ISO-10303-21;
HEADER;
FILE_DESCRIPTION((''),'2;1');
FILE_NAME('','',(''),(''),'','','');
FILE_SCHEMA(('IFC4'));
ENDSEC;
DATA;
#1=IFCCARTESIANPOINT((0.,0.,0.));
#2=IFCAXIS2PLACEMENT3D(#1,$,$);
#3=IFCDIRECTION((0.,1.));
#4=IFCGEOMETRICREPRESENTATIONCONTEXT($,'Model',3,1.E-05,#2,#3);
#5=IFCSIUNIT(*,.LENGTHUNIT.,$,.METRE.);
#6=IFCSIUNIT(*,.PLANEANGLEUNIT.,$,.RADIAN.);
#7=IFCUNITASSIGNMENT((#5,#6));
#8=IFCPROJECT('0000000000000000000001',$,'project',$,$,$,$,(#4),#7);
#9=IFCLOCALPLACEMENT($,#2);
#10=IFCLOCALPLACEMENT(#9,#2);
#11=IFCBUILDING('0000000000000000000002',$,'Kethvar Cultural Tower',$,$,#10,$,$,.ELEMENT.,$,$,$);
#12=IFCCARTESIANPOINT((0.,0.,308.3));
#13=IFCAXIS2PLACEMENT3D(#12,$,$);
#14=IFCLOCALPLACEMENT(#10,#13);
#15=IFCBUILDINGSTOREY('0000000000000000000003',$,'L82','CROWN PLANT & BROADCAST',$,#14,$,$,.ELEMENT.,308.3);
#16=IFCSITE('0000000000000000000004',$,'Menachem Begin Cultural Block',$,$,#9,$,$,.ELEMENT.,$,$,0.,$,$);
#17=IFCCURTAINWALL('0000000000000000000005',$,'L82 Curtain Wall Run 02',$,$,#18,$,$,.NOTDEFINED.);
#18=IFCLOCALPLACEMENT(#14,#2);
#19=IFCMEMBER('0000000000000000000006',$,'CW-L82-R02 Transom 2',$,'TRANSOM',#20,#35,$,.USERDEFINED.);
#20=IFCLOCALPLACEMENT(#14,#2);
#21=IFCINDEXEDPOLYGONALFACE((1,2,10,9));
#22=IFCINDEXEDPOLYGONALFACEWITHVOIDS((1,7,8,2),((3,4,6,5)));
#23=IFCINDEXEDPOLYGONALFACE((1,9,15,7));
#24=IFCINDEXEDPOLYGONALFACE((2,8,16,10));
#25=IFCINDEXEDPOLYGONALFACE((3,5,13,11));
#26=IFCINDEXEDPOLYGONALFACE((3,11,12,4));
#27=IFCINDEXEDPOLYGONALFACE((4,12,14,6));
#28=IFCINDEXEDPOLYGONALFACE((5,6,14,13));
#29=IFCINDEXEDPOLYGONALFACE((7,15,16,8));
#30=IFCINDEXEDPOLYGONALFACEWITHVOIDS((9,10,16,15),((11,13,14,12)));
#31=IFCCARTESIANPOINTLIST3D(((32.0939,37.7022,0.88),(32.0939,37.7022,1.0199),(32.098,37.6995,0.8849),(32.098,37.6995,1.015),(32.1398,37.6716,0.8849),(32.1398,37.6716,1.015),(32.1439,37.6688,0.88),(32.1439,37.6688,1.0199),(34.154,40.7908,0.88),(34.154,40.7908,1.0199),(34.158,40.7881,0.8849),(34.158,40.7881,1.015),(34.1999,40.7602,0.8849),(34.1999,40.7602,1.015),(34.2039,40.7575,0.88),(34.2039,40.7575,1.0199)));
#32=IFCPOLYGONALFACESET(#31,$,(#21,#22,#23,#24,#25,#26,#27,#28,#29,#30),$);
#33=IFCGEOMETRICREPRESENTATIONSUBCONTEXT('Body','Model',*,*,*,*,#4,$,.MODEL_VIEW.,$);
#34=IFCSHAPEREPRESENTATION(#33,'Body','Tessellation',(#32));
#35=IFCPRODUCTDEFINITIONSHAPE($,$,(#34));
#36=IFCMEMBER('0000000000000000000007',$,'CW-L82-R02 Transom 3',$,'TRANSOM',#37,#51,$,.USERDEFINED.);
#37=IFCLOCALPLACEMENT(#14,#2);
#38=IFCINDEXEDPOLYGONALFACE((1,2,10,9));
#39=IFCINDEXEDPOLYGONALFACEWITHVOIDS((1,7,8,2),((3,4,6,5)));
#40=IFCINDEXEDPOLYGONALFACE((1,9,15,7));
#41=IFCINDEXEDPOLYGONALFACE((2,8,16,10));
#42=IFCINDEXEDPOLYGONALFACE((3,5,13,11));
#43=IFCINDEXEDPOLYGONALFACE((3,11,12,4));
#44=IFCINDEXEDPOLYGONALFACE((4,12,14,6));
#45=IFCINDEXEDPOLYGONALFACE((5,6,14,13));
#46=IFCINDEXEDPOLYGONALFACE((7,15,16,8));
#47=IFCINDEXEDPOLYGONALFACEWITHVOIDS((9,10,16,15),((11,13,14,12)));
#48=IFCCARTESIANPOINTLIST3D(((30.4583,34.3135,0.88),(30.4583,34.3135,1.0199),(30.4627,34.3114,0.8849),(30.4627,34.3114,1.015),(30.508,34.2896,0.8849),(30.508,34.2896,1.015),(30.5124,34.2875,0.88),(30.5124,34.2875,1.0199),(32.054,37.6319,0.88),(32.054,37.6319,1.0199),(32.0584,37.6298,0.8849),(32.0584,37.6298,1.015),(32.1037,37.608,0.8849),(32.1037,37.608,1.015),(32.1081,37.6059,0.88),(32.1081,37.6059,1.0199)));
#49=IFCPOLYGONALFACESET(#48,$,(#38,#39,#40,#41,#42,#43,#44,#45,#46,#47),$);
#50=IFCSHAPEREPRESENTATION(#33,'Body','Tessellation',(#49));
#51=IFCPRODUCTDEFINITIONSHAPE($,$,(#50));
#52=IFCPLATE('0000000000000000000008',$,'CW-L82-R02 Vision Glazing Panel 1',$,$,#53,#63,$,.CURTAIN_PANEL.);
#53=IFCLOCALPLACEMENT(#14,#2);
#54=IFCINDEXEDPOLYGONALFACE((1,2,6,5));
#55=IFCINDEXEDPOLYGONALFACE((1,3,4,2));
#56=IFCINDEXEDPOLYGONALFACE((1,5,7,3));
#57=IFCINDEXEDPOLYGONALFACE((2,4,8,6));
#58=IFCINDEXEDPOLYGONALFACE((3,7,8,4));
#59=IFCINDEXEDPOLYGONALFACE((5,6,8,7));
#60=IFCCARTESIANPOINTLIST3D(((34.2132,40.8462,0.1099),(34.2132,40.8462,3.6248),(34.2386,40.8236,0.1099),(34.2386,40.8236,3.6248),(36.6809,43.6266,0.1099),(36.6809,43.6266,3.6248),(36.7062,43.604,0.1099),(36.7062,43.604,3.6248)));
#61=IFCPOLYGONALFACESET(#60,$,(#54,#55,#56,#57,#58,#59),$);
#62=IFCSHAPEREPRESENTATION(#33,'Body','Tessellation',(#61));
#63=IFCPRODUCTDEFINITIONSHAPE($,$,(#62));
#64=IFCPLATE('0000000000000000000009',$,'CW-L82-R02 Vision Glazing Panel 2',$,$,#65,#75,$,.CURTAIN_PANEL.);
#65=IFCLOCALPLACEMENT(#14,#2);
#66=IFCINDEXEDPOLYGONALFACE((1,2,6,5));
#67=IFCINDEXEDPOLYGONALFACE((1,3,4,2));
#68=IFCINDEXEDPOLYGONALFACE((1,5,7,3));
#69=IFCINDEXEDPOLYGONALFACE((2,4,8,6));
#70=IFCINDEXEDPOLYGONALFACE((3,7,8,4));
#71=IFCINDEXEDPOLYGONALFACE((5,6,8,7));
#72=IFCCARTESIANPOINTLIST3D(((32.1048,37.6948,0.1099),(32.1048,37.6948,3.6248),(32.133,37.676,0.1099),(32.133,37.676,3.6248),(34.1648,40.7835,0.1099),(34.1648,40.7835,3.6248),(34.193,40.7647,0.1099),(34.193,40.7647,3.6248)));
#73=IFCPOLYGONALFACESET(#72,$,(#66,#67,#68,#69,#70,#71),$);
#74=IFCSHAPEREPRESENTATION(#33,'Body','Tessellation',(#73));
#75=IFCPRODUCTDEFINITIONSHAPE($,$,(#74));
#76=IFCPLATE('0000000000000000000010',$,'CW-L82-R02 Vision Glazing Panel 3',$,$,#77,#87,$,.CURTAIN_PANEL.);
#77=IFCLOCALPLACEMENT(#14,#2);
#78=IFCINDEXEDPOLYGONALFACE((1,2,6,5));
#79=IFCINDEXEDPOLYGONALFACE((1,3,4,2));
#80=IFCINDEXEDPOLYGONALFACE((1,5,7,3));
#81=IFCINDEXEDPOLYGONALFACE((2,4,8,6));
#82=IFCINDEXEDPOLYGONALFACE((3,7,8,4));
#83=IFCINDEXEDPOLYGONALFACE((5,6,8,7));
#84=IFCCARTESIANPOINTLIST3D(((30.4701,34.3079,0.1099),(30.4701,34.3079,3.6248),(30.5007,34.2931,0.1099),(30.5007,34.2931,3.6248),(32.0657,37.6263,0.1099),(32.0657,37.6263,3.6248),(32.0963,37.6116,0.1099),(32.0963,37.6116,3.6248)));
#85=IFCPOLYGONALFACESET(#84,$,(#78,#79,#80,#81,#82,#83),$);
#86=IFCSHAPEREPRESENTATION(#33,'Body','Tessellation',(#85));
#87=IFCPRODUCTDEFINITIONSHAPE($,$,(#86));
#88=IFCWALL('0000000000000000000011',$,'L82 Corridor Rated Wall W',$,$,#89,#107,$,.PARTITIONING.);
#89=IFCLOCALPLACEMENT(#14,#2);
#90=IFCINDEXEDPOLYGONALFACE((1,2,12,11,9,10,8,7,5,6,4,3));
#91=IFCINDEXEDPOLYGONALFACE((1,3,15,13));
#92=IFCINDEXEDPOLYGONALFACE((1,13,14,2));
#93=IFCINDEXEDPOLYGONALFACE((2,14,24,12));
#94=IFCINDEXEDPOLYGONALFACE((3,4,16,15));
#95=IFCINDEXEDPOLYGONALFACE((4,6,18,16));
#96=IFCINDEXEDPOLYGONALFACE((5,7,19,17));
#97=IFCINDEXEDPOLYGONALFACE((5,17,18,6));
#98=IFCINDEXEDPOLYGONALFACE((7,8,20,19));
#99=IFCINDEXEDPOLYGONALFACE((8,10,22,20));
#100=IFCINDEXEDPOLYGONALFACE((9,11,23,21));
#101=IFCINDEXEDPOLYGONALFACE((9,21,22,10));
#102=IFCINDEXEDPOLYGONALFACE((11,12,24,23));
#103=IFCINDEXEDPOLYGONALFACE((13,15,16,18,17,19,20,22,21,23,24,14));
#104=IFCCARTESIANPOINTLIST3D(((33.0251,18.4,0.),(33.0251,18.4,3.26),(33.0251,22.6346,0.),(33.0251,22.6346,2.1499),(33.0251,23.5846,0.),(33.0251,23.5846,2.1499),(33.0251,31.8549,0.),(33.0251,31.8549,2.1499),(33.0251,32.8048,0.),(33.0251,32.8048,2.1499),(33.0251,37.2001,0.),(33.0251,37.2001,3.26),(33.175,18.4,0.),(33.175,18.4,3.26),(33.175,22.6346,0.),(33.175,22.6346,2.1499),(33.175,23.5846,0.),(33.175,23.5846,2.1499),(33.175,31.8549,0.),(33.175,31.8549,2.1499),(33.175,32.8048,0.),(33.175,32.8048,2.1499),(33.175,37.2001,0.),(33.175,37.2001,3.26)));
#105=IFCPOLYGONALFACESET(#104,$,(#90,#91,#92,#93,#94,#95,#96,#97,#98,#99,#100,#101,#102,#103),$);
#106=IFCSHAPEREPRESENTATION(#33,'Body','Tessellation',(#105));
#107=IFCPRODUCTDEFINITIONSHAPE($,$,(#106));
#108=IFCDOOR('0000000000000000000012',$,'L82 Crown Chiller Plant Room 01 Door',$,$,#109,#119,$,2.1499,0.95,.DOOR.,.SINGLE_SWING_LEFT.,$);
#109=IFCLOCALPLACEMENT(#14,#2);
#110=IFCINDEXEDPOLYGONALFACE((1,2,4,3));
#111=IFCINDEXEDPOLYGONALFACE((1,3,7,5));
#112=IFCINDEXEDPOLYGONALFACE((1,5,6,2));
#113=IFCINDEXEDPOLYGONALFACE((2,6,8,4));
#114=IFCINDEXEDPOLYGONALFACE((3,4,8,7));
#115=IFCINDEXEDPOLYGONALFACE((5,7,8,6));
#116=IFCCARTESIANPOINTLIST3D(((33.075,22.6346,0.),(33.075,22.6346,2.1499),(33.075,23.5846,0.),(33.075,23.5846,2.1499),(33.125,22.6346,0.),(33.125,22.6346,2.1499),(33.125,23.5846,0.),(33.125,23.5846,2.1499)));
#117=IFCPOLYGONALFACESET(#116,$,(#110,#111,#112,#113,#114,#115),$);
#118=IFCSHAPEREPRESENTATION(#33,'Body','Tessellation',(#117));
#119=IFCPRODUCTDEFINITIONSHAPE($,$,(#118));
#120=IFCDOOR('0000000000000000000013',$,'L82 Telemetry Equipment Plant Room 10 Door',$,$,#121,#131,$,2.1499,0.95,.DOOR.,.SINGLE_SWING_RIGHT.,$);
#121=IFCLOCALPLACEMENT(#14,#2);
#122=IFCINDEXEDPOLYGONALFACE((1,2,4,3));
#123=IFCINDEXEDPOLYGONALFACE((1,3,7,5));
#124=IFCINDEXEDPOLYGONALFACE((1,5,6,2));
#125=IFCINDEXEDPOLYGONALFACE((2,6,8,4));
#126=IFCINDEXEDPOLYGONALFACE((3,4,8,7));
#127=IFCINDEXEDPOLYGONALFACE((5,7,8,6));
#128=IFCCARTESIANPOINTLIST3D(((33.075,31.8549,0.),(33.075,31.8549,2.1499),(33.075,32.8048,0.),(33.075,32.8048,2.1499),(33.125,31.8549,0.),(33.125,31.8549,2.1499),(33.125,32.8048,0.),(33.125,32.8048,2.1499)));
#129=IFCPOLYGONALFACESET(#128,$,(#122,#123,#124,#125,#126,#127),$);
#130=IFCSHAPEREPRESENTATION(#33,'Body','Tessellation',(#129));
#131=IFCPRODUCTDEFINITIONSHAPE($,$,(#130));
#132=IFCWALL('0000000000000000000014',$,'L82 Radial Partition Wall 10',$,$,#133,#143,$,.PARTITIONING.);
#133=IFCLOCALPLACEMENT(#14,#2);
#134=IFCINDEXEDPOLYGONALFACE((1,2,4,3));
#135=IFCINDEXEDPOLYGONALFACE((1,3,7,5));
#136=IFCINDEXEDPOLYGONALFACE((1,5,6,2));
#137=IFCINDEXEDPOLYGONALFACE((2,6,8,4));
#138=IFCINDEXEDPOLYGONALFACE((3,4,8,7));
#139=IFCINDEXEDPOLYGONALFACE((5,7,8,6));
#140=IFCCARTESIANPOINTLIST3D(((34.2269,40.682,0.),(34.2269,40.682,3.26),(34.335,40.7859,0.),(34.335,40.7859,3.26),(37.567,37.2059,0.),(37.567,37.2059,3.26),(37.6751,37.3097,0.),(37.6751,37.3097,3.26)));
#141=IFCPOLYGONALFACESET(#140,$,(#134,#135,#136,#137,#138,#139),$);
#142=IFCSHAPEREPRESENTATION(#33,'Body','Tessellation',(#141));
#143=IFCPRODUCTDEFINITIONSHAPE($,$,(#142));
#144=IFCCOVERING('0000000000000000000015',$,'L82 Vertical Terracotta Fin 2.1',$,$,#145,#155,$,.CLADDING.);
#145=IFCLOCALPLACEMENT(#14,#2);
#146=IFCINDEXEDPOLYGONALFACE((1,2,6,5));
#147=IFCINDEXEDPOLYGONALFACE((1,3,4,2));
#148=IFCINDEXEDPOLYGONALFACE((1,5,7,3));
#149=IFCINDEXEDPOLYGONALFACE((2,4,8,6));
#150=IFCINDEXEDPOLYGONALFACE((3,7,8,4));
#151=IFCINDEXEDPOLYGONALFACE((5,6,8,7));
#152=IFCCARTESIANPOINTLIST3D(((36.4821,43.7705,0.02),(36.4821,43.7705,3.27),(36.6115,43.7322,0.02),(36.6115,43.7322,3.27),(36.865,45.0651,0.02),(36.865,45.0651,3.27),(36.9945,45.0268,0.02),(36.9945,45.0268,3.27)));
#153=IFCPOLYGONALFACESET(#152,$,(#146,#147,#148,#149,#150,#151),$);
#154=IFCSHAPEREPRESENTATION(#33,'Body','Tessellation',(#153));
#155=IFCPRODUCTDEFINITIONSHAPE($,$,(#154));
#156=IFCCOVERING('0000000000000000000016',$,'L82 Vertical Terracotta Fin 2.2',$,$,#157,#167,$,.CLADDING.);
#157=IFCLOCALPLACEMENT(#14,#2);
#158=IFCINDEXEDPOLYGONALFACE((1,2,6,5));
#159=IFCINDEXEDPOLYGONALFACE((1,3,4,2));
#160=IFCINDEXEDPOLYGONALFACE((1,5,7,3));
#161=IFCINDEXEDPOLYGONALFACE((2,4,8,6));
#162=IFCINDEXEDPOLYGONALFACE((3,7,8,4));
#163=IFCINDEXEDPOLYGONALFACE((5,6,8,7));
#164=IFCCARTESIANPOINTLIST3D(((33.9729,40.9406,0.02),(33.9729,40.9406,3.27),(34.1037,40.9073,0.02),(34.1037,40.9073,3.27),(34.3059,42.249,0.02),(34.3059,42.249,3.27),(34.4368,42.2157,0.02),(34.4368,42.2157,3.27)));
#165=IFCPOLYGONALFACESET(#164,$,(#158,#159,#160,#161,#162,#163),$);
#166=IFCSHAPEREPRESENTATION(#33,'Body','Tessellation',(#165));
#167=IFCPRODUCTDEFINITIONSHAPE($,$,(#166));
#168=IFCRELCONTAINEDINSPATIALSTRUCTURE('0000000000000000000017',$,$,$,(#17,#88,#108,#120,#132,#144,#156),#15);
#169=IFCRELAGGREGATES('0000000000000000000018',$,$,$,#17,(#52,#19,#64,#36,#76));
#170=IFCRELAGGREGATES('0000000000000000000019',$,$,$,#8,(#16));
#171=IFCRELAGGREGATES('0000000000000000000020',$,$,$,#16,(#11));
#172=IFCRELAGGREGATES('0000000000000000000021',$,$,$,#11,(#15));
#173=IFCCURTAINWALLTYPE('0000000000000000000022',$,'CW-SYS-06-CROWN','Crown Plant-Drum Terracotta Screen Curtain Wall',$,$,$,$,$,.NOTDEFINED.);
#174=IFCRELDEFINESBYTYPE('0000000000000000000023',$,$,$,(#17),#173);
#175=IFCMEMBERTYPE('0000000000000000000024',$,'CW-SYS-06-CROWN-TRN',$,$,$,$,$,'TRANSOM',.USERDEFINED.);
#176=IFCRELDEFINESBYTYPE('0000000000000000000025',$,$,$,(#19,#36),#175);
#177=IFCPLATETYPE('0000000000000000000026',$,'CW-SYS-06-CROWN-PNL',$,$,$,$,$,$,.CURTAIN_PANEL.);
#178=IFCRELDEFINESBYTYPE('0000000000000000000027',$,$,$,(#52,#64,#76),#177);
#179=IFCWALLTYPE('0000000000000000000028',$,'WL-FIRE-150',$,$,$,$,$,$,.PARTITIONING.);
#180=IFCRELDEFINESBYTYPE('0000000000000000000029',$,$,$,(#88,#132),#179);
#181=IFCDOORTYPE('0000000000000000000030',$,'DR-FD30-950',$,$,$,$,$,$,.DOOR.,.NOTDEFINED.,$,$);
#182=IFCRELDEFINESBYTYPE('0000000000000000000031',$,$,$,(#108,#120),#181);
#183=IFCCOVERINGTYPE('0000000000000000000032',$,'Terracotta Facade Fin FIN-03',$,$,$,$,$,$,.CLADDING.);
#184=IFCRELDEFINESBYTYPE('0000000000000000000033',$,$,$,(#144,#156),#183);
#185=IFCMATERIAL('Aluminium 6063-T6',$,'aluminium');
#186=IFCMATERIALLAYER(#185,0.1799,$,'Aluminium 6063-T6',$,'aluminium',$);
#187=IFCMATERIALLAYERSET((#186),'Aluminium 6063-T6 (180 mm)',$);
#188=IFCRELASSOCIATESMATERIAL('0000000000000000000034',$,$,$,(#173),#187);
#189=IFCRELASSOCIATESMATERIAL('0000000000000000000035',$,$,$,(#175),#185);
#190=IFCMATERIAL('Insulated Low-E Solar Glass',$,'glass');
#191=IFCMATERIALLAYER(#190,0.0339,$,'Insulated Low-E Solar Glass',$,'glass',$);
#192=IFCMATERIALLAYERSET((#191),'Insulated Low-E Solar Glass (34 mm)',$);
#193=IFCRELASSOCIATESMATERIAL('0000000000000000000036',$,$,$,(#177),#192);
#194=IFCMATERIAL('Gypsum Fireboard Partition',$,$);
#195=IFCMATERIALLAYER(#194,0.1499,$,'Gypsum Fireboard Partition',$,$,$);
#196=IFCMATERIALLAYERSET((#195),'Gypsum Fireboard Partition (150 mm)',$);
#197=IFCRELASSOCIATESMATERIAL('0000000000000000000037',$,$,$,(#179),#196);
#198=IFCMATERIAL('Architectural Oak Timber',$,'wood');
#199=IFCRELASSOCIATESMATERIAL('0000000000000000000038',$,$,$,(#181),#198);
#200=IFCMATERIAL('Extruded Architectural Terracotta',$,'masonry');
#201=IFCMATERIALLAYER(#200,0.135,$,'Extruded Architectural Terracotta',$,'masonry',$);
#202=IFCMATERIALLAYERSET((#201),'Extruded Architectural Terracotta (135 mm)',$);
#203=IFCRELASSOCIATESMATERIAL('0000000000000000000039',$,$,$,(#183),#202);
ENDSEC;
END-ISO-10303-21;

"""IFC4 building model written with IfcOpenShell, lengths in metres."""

from ifc_helpers import new_model, si_unit, direction, frame, frame_2d, origin, origin_2d, place, context, subcontext, project, spatial, rectangle, hollow_rectangle, extrude, source, transform, mapped, material, layer, layer_set, material_profile, profile_set, type_object, element, fill, aggregate, save


model = new_model("IFC4")

# Units and contexts
model_context = context("Model", 3, precision=1e-05, world=origin(), true_north=direction((0.0, 1.0)))
body_context = subcontext(model_context, "Body", "Model", "MODEL_VIEW")
ifc_project = project(units=[si_unit("LENGTHUNIT", "METRE"), si_unit("PLANEANGLEUNIT", "RADIAN")], contexts=[model_context])

# Site, building, storey
site_placement = place(None, origin())
site = spatial("IfcSite", under=ifc_project, at=site_placement, Name="Menachem Begin Cultural Block", CompositionType="ELEMENT", RefElevation=0.0)
building_placement = place(site_placement, origin())
building = spatial("IfcBuilding", under=site, at=building_placement, Name="Kethvar Cultural Tower", CompositionType="ELEMENT")
storey_placement = place(building_placement, frame((0.0, 0.0, 308.3)))
storey = spatial("IfcBuildingStorey", under=building, at=storey_placement, Name="L82", Description="CROWN PLANT & BROADCAST", CompositionType="ELEMENT", Elevation=308.3)

# Shared definitions
ifc_material_1 = material(Name="Aluminium 6063-T6", Category="aluminium")
ifc_layer_1 = layer(ifc_material_1, 0.1799, Name="Aluminium 6063-T6", Category="aluminium")
ifc_layer_set_1 = layer_set([ifc_layer_1], Name="Aluminium 6063-T6 (180 mm)")
curtain_wall_type = type_object("IfcCurtainWallType", Name="CW-SYS-06-CROWN", Description="Crown Plant-Drum Terracotta Screen Curtain Wall", PredefinedType="NOTDEFINED", material=ifc_layer_set_1)

# Curtain wall, members, plates
curtain_wall_1_placement = place(storey_placement, origin())
curtain_wall_1 = element("IfcCurtainWall", 1, at=curtain_wall_1_placement, inside=storey, type_object=curtain_wall_type, Name="L82 Curtain Wall Run 02", PredefinedType="NOTDEFINED")
ifc_material_profile_1 = material_profile(ifc_material_1, hollow_rectangle(XDim=0.0601, YDim=0.1399, WallThickness=0.0049, at=origin_2d()), Name="Aluminium 6063-T6 — RHS140x60x5")
ifc_profile_set_1 = profile_set([ifc_material_profile_1], Name="Aluminium 6063-T6 — RHS140x60x5")
member_type_1 = type_object("IfcMemberType", Name="CW-SYS-06-CROWN-TRN", ElementType="TRANSOM", PredefinedType="USERDEFINED", material=ifc_profile_set_1)
shared_shape_1 = source(origin(), body_context, "Body", "SweptSolid", [
    extrude(hollow_rectangle(XDim=0.0601, YDim=0.1399, WallThickness=0.0049, at=origin_2d()), origin(), (0.0, 0.0, 1.0), 3.7126),
])
member_1_placement = place(storey_placement, frame((34.179, 40.7742, 0.95), z_axis=(-0.554882, -0.831929, 0.0), x_axis=(0.831929, -0.554882, 0.0)))
member_1 = element("IfcMember", 2, at=member_1_placement, type_object=member_type_1, Name="CW-L82-R02 Transom 2", ObjectType="TRANSOM", PredefinedType="USERDEFINED", context=body_context, shape_type="MappedRepresentation", body=[
    mapped(shared_shape_1, transform((0.0, 0.0, 0.0), scale=1.0)),
])
shared_shape_2 = source(origin(), body_context, "Body", "SweptSolid", [
    extrude(hollow_rectangle(XDim=0.0601, YDim=0.1399, WallThickness=0.0049, at=origin_2d()), origin(), (0.0, 0.0, 1.0), 3.6821),
])
member_2_placement = place(storey_placement, frame((32.0811, 37.6189, 0.95), z_axis=(-0.433369, -0.901217, 0.0), x_axis=(0.901217, -0.433369, 0.0)))
member_2 = element("IfcMember", 3, at=member_2_placement, type_object=member_type_1, Name="CW-L82-R02 Transom 3", ObjectType="TRANSOM", PredefinedType="USERDEFINED", context=body_context, shape_type="MappedRepresentation", body=[
    mapped(shared_shape_2, transform((0.0, 0.0, 0.0), scale=1.0)),
])
ifc_material_2 = material(Name="Insulated Low-E Solar Glass", Category="glass")
ifc_layer_2 = layer(ifc_material_2, 0.0339, Name="Insulated Low-E Solar Glass", Category="glass")
ifc_layer_set_2 = layer_set([ifc_layer_2], Name="Insulated Low-E Solar Glass (34 mm)")
plate_type = type_object("IfcPlateType", Name="CW-SYS-06-CROWN-PNL", PredefinedType="CURTAIN_PANEL", material=ifc_layer_set_2)
shared_shape_3 = source(origin(), body_context, "Body", "SweptSolid", [
    extrude(rectangle(XDim=3.7175, YDim=0.0339, at=origin_2d()), origin(), (0.0, 0.0, 1.0), 3.5149),
])
plate_1_placement = place(storey_placement, frame((35.4597, 42.2251, 0.1099), z_axis=(0.0, 0.0, 1.0), x_axis=(-0.663796, -0.747914, 0.0)))
plate_1 = element("IfcPlate", 4, at=plate_1_placement, type_object=plate_type, Name="CW-L82-R02 Vision Glazing Panel 1", PredefinedType="CURTAIN_PANEL", context=body_context, shape_type="MappedRepresentation", body=[
    mapped(shared_shape_3, transform((0.0, 0.0, 0.0), scale=1.0)),
])
shared_shape_4 = source(origin(), body_context, "Body", "SweptSolid", [
    extrude(rectangle(XDim=3.7126, YDim=0.0339, at=origin_2d()), origin(), (0.0, 0.0, 1.0), 3.5149),
])
plate_2_placement = place(storey_placement, frame((33.1489, 39.2297, 0.1099), z_axis=(0.0, 0.0, 1.0), x_axis=(-0.554859, -0.831944, 0.0)))
plate_2 = element("IfcPlate", 5, at=plate_2_placement, type_object=plate_type, Name="CW-L82-R02 Vision Glazing Panel 2", PredefinedType="CURTAIN_PANEL", context=body_context, shape_type="MappedRepresentation", body=[
    mapped(shared_shape_4, transform((0.0, 0.0, 0.0), scale=1.0)),
])
shared_shape_5 = source(origin(), body_context, "Body", "SweptSolid", [
    extrude(rectangle(XDim=3.6821, YDim=0.0339, at=origin_2d()), origin(), (0.0, 0.0, 1.0), 3.5149),
])
plate_3_placement = place(storey_placement, frame((31.2832, 35.9597, 0.1099), z_axis=(0.0, 0.0, 1.0), x_axis=(-0.433345, -0.901228, 0.0)))
plate_3 = element("IfcPlate", 6, at=plate_3_placement, type_object=plate_type, Name="CW-L82-R02 Vision Glazing Panel 3", PredefinedType="CURTAIN_PANEL", context=body_context, shape_type="MappedRepresentation", body=[
    mapped(shared_shape_5, transform((0.0, 0.0, 0.0), scale=1.0)),
])
aggregate(curtain_wall_1, [plate_1, member_1, plate_2, member_2, plate_3])

# Wall, openings, doors
ifc_material_3 = material(Name="Gypsum Fireboard Partition")
ifc_layer_3 = layer(ifc_material_3, 0.1499, Name="Gypsum Fireboard Partition")
ifc_layer_set_3 = layer_set([ifc_layer_3], Name="Gypsum Fireboard Partition (150 mm)")
wall_type = type_object("IfcWallType", Name="WL-FIRE-150", PredefinedType="PARTITIONING", material=ifc_layer_set_3)
wall_1_placement = place(storey_placement, frame((33.1001, 37.2, 0.0), z_axis=(0.0, 0.0, 1.0), x_axis=(0.0, -1.0, 0.0)))
wall_1 = element("IfcWall", 7, at=wall_1_placement, inside=storey, type_object=wall_type, Name="L82 Corridor Rated Wall W", PredefinedType="PARTITIONING", context=body_context, shape_type="SweptSolid", body=[
    extrude(rectangle(XDim=18.8, YDim=0.1499, at=frame_2d((9.3999, 0.0))), origin(), (0.0, 0.0, 1.0), 3.26),
])
opening_1_placement = place(wall_1_placement, frame((13.6152, 0.0, 0.0)))
opening_1 = element("IfcOpeningElement", 8, at=opening_1_placement, cuts=wall_1, PredefinedType="OPENING", context=body_context, shape_type="SweptSolid", body=[
    extrude(rectangle(XDim=0.95, YDim=2.1499, at=frame_2d((0.4751, 1.075))), frame((0.0, 0.085, 0.0), z_axis=(0.0, -1.0, 0.0), x_axis=(1.0, 0.0, 0.0)), (0.0, 0.0, 1.0), 0.1699),
])
opening_2_placement = place(wall_1_placement, frame((4.395, 0.0, 0.0)))
opening_2 = element("IfcOpeningElement", 9, at=opening_2_placement, cuts=wall_1, PredefinedType="OPENING", context=body_context, shape_type="SweptSolid", body=[
    extrude(rectangle(XDim=0.95, YDim=2.1499, at=frame_2d((0.4751, 1.075))), frame((0.0, 0.085, 0.0), z_axis=(0.0, -1.0, 0.0), x_axis=(1.0, 0.0, 0.0)), (0.0, 0.0, 1.0), 0.1699),
])
ifc_material_4 = material(Name="Architectural Oak Timber", Category="wood")
door_type = type_object("IfcDoorType", Name="DR-FD30-950", OperationType="NOTDEFINED", PredefinedType="DOOR", material=ifc_material_4)
shared_shape_6 = source(origin(), body_context, "Body", "SweptSolid", [
    extrude(rectangle(XDim=0.95, YDim=2.1499, at=frame_2d((0.4751, 1.075))), frame((0.0, 0.0249, 0.0), z_axis=(0.0, -1.0, 0.0), x_axis=(1.0, 0.0, 0.0)), (0.0, 0.0, 1.0), 0.05),
])
door_1_placement = place(opening_1_placement, origin())
door_1 = element("IfcDoor", 10, at=door_1_placement, inside=storey, type_object=door_type, Name="L82 Crown Chiller Plant Room 01 Door", OperationType="SINGLE_SWING_LEFT", OverallHeight=2.1499, OverallWidth=0.95, PredefinedType="DOOR", context=body_context, shape_type="MappedRepresentation", body=[
    mapped(shared_shape_6, transform((0.0, 0.0, 0.0), scale=1.0)),
])
fill(opening_1, door_1)
door_2_placement = place(opening_2_placement, origin())
door_2 = element("IfcDoor", 11, at=door_2_placement, inside=storey, type_object=door_type, Name="L82 Telemetry Equipment Plant Room 10 Door", OperationType="SINGLE_SWING_RIGHT", OverallHeight=2.1499, OverallWidth=0.95, PredefinedType="DOOR", context=body_context, shape_type="MappedRepresentation", body=[
    mapped(shared_shape_6, transform((0.0, 0.0, 0.0), scale=1.0)),
])
fill(opening_2, door_2)

# Wall
wall_2_placement = place(storey_placement, frame((37.6211, 37.2578, 0.0), z_axis=(0.0, 0.0, 1.0), x_axis=(-0.692862, 0.72107, 0.0)))
element("IfcWall", 12, at=wall_2_placement, inside=storey, type_object=wall_type, Name="L82 Radial Partition Wall 10", PredefinedType="PARTITIONING", context=body_context, shape_type="SweptSolid", body=[
    extrude(rectangle(XDim=4.8208, YDim=0.1499, at=frame_2d((2.4104, 0.0))), origin(), (0.0, 0.0, 1.0), 3.26),
])

# Coverings
ifc_material_5 = material(Name="Extruded Architectural Terracotta", Category="masonry")
ifc_layer_4 = layer(ifc_material_5, 0.135, Name="Extruded Architectural Terracotta", Category="masonry")
ifc_layer_set_4 = layer_set([ifc_layer_4], Name="Extruded Architectural Terracotta (135 mm)")
covering_type = type_object("IfcCoveringType", Name="Terracotta Facade Fin FIN-03", PredefinedType="CLADDING", material=ifc_layer_set_4)
shared_shape_7 = source(origin(), body_context, "Body", "SweptSolid", [
    extrude(rectangle(XDim=1.3501, YDim=0.135, at=origin_2d()), origin(), (0.0, 0.0, 1.0), 3.25),
])
for number, where, z_axis, x_axis, name in (
    (13, (36.7383, 44.3987, 0.02), (0.0, 0.0, 1.0), (0.283681, 0.958919, 0.0), "L82 Vertical Terracotta Fin 2.1"),
    (14, (34.2048, 41.5781, 0.02), (0.0, 0.0, 1.0), (0.246661, 0.969102, 0.0), "L82 Vertical Terracotta Fin 2.2"),
):
    element("IfcCovering", number, at=place(storey_placement, frame(where, z_axis=z_axis, x_axis=x_axis)), inside=storey, type_object=covering_type, Name=name, PredefinedType="CLADDING", context=body_context, shape_type="MappedRepresentation", body=[
        mapped(shared_shape_7, transform((0.0, 0.0, 0.0), scale=1.0)),
    ])

save(model, "model.ifc")
